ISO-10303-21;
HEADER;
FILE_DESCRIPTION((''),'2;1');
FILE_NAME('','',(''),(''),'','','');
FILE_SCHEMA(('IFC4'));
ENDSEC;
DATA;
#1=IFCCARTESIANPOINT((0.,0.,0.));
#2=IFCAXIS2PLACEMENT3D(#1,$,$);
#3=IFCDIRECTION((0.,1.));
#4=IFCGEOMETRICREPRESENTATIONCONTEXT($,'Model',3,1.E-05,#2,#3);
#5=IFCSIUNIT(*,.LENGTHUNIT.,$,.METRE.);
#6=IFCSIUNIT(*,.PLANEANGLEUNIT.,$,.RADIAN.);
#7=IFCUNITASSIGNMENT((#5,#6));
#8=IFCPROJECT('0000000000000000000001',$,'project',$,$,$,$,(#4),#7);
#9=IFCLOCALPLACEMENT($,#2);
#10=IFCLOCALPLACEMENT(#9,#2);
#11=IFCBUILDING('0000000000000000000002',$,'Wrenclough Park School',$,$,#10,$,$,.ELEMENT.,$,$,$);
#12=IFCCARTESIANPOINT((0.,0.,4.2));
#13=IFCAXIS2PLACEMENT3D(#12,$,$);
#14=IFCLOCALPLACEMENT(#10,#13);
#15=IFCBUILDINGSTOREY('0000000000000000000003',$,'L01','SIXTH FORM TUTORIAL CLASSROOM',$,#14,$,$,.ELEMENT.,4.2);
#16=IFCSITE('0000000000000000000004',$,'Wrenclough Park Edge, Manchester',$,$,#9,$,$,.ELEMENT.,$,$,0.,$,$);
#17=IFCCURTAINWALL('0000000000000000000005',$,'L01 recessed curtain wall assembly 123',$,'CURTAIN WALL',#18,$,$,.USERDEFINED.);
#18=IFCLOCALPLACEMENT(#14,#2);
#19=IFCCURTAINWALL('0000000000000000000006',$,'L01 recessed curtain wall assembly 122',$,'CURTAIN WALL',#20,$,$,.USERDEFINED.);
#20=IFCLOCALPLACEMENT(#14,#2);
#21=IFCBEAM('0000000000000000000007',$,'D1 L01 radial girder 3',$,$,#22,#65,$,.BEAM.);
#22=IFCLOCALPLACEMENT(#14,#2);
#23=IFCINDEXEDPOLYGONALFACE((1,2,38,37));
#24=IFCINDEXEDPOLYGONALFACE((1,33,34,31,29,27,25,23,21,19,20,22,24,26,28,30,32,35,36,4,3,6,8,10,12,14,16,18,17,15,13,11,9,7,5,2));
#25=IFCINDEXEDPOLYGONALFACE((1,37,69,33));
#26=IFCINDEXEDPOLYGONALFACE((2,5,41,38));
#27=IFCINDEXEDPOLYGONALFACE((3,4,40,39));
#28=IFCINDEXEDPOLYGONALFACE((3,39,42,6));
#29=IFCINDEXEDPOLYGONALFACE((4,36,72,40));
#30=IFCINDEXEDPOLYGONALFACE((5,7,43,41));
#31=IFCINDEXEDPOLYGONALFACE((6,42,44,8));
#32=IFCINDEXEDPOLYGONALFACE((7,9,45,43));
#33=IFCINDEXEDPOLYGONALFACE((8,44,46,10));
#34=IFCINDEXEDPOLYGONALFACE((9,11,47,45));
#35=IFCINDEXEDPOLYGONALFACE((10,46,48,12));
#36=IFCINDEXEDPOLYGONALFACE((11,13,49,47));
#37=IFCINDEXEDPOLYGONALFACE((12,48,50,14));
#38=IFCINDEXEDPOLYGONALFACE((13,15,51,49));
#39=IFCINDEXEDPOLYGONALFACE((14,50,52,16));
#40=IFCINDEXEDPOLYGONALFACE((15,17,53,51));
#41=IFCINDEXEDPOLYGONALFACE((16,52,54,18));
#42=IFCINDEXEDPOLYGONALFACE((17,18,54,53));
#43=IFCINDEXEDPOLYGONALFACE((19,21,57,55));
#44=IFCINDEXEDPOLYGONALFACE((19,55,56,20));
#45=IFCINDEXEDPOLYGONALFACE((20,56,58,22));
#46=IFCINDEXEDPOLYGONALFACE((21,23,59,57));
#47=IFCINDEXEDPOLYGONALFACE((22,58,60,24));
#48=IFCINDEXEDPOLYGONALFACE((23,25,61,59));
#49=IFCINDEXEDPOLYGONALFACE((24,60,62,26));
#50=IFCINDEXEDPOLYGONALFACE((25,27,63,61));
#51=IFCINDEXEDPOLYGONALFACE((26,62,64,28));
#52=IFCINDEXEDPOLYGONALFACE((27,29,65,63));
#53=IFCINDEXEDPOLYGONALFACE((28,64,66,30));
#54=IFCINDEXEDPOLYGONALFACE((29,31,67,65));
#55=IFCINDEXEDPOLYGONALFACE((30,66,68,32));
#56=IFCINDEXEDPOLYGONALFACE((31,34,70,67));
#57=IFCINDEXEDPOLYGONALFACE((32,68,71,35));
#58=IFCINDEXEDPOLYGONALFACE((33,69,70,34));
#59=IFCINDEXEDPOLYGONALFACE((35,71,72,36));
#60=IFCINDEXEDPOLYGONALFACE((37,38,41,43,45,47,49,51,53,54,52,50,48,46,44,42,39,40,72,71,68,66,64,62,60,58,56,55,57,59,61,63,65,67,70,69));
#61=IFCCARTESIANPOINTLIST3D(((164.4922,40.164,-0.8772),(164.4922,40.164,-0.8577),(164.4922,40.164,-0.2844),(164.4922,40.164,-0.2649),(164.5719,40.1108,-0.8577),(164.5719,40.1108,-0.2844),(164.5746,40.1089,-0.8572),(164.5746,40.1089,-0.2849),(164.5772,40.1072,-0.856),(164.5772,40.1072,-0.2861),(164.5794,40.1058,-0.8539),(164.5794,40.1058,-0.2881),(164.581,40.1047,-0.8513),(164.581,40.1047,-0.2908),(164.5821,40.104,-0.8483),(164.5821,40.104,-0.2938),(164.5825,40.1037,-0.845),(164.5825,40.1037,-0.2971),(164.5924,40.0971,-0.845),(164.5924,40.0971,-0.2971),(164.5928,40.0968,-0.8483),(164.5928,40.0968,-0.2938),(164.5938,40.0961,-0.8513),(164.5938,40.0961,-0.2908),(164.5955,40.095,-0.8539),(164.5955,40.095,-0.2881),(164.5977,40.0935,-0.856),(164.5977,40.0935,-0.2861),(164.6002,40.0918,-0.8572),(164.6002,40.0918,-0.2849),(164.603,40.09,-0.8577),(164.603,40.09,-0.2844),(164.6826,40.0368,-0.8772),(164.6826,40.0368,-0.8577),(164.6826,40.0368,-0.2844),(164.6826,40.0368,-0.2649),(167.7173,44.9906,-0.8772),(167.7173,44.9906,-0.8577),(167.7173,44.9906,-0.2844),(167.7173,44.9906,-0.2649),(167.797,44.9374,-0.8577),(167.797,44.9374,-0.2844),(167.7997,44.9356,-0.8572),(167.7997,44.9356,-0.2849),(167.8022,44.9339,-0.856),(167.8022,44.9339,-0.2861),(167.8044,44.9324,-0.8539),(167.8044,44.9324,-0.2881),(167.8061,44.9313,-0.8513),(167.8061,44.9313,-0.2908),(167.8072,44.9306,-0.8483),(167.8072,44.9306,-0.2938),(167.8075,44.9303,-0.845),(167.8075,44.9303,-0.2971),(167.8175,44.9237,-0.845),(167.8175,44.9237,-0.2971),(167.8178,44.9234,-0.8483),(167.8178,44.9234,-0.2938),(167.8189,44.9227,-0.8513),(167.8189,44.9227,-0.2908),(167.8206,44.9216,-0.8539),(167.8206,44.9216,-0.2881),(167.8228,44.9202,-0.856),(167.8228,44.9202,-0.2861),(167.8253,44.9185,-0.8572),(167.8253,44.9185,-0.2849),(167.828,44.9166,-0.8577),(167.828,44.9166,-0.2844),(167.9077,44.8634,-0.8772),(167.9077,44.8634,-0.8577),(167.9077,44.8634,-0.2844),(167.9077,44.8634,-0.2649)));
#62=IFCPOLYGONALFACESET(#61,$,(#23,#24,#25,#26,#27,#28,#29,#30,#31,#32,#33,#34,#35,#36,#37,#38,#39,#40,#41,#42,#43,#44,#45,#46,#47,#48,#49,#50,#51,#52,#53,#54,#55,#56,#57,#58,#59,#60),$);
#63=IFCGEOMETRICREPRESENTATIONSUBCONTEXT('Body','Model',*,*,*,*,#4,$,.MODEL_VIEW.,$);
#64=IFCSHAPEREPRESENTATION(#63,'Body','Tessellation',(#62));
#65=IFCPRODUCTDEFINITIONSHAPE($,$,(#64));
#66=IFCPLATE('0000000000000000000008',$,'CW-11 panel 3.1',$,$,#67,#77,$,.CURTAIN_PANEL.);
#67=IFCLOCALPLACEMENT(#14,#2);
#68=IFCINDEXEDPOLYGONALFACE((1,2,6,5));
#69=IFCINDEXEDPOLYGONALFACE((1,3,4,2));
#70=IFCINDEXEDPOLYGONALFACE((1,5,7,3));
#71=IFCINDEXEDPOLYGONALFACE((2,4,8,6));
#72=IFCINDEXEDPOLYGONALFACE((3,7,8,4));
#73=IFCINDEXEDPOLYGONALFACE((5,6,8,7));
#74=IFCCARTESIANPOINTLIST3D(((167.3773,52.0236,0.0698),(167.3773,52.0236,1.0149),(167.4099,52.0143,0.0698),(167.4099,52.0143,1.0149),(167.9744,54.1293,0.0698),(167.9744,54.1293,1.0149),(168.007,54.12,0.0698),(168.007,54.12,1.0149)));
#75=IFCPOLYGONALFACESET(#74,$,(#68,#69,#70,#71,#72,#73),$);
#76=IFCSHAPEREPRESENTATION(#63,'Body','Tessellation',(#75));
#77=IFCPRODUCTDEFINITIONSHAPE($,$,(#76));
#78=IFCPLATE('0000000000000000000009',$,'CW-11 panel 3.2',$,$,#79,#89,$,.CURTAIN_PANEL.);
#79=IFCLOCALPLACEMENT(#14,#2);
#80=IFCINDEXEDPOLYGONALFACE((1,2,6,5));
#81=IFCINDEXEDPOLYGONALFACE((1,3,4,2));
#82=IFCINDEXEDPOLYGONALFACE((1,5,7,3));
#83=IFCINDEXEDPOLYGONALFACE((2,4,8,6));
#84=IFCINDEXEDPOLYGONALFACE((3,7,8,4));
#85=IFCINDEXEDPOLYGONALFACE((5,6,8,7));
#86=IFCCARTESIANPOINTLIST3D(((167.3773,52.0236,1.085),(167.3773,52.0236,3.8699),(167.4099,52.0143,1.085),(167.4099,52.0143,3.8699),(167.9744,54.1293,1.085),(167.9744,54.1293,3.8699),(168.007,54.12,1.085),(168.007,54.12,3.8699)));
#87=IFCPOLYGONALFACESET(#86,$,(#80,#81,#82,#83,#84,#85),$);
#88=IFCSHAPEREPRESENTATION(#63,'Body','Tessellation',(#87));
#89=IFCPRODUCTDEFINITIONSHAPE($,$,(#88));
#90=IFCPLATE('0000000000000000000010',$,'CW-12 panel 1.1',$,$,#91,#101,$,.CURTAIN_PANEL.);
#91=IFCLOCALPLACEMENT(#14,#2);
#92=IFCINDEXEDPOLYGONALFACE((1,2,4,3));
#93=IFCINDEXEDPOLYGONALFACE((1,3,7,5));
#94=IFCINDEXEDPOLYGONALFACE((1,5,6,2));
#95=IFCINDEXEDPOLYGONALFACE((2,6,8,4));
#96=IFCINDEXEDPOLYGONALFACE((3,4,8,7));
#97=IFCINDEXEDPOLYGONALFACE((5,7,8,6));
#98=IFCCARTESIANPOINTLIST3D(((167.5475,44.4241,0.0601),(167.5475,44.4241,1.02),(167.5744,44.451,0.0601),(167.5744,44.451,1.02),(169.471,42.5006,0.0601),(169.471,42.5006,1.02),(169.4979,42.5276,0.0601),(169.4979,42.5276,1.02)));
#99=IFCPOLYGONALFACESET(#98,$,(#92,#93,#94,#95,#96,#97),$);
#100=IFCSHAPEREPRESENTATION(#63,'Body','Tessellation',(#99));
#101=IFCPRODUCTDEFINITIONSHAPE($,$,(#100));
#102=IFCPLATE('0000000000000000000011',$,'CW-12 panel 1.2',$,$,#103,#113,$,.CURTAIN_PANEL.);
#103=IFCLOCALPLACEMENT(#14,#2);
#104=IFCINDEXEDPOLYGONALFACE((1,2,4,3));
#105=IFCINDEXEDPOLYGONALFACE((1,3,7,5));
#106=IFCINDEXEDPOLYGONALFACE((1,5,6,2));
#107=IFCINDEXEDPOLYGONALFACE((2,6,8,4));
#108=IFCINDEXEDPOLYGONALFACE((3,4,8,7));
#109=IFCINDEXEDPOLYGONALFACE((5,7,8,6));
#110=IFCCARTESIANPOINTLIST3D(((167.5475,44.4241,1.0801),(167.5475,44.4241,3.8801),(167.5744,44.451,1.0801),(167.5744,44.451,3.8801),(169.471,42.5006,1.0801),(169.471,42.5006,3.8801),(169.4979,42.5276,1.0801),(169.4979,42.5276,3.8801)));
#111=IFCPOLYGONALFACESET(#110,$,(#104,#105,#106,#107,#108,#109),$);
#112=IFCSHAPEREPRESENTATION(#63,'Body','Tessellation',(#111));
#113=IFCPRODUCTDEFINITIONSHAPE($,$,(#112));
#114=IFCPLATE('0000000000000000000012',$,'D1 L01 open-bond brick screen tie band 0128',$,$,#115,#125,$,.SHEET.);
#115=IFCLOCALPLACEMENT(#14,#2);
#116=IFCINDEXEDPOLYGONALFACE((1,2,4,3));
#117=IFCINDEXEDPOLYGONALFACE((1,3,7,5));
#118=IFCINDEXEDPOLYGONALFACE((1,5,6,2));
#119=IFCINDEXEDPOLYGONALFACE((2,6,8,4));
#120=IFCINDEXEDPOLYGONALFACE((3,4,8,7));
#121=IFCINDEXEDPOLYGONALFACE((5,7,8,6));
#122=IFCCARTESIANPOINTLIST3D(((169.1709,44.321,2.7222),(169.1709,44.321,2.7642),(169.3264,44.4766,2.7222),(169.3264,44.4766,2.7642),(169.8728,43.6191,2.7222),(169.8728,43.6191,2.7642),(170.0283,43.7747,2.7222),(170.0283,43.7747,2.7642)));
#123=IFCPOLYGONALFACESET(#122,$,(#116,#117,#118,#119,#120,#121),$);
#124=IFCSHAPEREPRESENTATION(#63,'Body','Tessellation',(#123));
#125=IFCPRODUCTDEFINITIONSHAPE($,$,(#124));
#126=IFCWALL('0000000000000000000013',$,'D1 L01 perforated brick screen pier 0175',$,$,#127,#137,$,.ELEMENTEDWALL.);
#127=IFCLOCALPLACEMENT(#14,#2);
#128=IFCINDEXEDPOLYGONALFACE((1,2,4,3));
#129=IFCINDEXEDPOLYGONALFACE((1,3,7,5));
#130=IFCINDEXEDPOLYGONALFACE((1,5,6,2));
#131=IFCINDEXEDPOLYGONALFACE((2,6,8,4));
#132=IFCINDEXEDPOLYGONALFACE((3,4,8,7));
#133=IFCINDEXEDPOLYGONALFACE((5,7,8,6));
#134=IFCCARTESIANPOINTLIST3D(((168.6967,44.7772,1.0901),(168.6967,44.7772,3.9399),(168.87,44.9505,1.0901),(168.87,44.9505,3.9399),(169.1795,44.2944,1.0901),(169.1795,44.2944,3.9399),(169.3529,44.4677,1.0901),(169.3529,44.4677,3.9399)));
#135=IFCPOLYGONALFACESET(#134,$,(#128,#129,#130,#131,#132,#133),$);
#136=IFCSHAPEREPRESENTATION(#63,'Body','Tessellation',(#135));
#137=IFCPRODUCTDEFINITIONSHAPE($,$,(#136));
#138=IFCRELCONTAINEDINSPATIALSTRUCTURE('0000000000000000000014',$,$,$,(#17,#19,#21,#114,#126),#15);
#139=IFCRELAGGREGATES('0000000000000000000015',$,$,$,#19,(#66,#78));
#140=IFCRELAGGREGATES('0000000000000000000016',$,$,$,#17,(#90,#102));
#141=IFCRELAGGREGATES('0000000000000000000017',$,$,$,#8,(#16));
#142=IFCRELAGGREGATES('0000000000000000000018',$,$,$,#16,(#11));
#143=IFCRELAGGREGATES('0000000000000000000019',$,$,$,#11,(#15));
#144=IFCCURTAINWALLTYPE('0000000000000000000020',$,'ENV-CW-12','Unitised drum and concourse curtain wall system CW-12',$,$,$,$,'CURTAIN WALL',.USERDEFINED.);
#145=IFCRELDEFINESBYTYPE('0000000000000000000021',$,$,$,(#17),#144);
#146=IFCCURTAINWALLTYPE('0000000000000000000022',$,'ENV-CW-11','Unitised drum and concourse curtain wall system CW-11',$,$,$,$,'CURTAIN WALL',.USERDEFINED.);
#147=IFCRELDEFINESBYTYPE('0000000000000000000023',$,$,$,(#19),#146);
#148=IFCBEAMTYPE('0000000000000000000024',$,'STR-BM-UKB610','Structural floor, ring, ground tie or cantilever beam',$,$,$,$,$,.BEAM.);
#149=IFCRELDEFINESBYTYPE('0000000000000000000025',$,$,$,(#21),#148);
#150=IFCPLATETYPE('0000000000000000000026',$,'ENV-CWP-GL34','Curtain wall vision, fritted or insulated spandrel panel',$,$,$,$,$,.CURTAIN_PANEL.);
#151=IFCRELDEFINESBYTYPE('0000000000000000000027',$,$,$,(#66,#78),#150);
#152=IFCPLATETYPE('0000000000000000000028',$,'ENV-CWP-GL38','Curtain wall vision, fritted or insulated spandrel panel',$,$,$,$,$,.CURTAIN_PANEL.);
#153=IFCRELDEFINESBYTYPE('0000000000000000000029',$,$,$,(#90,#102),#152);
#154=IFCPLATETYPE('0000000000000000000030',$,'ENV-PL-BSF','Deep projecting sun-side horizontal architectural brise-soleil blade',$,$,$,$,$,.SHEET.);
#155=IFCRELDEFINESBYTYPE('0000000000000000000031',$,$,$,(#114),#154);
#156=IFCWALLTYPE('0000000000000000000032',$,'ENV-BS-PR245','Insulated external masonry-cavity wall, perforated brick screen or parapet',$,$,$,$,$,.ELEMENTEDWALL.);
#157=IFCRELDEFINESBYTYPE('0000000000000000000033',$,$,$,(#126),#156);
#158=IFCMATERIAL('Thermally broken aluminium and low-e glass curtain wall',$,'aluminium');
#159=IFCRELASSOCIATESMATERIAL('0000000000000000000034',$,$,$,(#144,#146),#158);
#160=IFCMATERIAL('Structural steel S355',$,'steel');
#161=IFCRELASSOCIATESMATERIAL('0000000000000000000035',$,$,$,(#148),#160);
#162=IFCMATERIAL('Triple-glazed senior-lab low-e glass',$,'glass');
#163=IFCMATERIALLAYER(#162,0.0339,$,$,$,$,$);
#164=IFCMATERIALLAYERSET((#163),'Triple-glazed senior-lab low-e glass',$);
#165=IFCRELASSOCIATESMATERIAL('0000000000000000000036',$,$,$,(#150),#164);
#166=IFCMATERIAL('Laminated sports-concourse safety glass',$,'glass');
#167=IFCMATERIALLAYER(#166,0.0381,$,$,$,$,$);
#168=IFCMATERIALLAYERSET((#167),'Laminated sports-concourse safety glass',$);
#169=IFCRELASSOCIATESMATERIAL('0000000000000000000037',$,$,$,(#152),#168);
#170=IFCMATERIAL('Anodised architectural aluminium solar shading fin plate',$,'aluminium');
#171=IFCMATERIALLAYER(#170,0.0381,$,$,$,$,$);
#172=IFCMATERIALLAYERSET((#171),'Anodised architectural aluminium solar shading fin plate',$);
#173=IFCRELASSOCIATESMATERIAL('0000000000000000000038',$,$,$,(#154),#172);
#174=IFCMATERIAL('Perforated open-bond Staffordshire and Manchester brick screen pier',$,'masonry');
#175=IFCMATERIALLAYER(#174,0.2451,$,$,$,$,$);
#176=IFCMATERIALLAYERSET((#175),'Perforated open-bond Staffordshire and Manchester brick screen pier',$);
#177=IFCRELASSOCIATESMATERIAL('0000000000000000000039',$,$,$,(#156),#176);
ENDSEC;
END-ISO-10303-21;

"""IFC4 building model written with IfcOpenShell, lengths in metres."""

from ifc_helpers import new_model, si_unit, direction, frame, frame_2d, origin, origin_2d, place, context, subcontext, project, spatial, rectangle, i_section, extrude, material, layer, layer_set, material_profile, profile_set, type_object, element, aggregate, save


model = new_model("IFC4")

# Units and contexts
model_context = context("Model", 3, precision=1e-05, world=origin(), true_north=direction((0.0, 1.0)))
body_context = subcontext(model_context, "Body", "Model", "MODEL_VIEW")
ifc_project = project(units=[si_unit("LENGTHUNIT", "METRE"), si_unit("PLANEANGLEUNIT", "RADIAN")], contexts=[model_context])

# Site, building, storey
site_placement = place(None, origin())
site = spatial("IfcSite", under=ifc_project, at=site_placement, Name="Wrenclough Park Edge, Manchester", CompositionType="ELEMENT", RefElevation=0.0)
building_placement = place(site_placement, origin())
building = spatial("IfcBuilding", under=site, at=building_placement, Name="Wrenclough Park School", CompositionType="ELEMENT")
storey_placement = place(building_placement, frame((0.0, 0.0, 4.2)))
storey = spatial("IfcBuildingStorey", under=building, at=storey_placement, Name="L01", Description="SIXTH FORM TUTORIAL CLASSROOM", CompositionType="ELEMENT", Elevation=4.2)

# Shared definitions
ifc_material_1 = material(Name="Structural steel S355", Category="steel")

# Curtain walls
ifc_material_2 = material(Name="Thermally broken aluminium and low-e glass curtain wall", Category="aluminium")
curtain_wall_type_1 = type_object("IfcCurtainWallType", Name="ENV-CW-12", Description="Unitised drum and concourse curtain wall system CW-12", ElementType="CURTAIN WALL", PredefinedType="USERDEFINED", material=ifc_material_2)
curtain_wall_1_placement = place(storey_placement, origin())
curtain_wall_1 = element("IfcCurtainWall", 1, at=curtain_wall_1_placement, inside=storey, type_object=curtain_wall_type_1, Name="L01 recessed curtain wall assembly 123", ObjectType="CURTAIN WALL", PredefinedType="USERDEFINED")
curtain_wall_type_2 = type_object("IfcCurtainWallType", Name="ENV-CW-11", Description="Unitised drum and concourse curtain wall system CW-11", ElementType="CURTAIN WALL", PredefinedType="USERDEFINED", material=ifc_material_2)
curtain_wall_2_placement = place(storey_placement, origin())
curtain_wall_2 = element("IfcCurtainWall", 2, at=curtain_wall_2_placement, inside=storey, type_object=curtain_wall_type_2, Name="L01 recessed curtain wall assembly 122", ObjectType="CURTAIN WALL", PredefinedType="USERDEFINED")

# Beam
ifc_material_profile_1 = material_profile(ifc_material_1, i_section(OverallWidth=0.229, OverallDepth=0.6123, WebThickness=0.012, FlangeThickness=0.0195, FilletRadius=0.0127, at=origin_2d()), Name="UKB 610x229x125")
ifc_profile_set_1 = profile_set([ifc_material_profile_1], Name="Structural steel S355")
beam_type_1 = type_object("IfcBeamType", Name="STR-BM-UKB610", Description="Structural floor, ring, ground tie or cantilever beam", PredefinedType="BEAM", material=ifc_profile_set_1)
beam_1_placement = place(storey_placement, frame((167.8125, 44.927, -0.571), z_axis=(-0.555573, -0.831468, 0.0), x_axis=(0.831468, -0.555573, 0.0)))
element("IfcBeam", 3, at=beam_1_placement, inside=storey, type_object=beam_type_1, Name="D1 L01 radial girder 3", PredefinedType="BEAM", context=body_context, shape_type="SweptSolid", body=[
    extrude(i_section(OverallWidth=0.229, OverallDepth=0.6123, WebThickness=0.012, FlangeThickness=0.0195, FilletRadius=0.0127, at=origin_2d()), origin(), (0.0, 0.0, 1.0), 5.8049),
])

# Plates
ifc_material_3 = material(Name="Triple-glazed senior-lab low-e glass", Category="glass")
ifc_layer_1 = layer(ifc_material_3, 0.0339)
ifc_layer_set_1 = layer_set([ifc_layer_1], Name="Triple-glazed senior-lab low-e glass")
plate_type_1 = type_object("IfcPlateType", Name="ENV-CWP-GL34", Description="Curtain wall vision, fritted or insulated spandrel panel", PredefinedType="CURTAIN_PANEL", material=ifc_layer_set_1)
plate_1_placement = place(storey_placement, frame((167.6921, 53.0718, 0.0698), z_axis=(0.0, 0.0, 1.0), x_axis=(-0.272809, -0.962068, 0.0)))
plate_1 = element("IfcPlate", 4, at=plate_1_placement, type_object=plate_type_1, Name="CW-11 panel 3.1", PredefinedType="CURTAIN_PANEL", context=body_context, shape_type="SweptSolid", body=[
    extrude(rectangle(XDim=2.1887, YDim=0.0339, at=origin_2d()), origin(), (0.0, 0.0, 1.0), 0.9451),
])
plate_2_placement = place(storey_placement, frame((167.6921, 53.0718, 1.085), z_axis=(0.0, 0.0, 1.0), x_axis=(-0.272809, -0.962068, 0.0)))
plate_2 = element("IfcPlate", 5, at=plate_2_placement, type_object=plate_type_1, Name="CW-11 panel 3.2", PredefinedType="CURTAIN_PANEL", context=body_context, shape_type="SweptSolid", body=[
    extrude(rectangle(XDim=2.1887, YDim=0.0339, at=origin_2d()), origin(), (0.0, 0.0, 1.0), 2.7849),
])
aggregate(curtain_wall_2, [plate_1, plate_2])
ifc_material_4 = material(Name="Laminated sports-concourse safety glass", Category="glass")
ifc_layer_2 = layer(ifc_material_4, 0.0381)
ifc_layer_set_2 = layer_set([ifc_layer_2], Name="Laminated sports-concourse safety glass")
plate_type_2 = type_object("IfcPlateType", Name="ENV-CWP-GL38", Description="Curtain wall vision, fritted or insulated spandrel panel", PredefinedType="CURTAIN_PANEL", material=ifc_layer_set_2)
plate_3_placement = place(storey_placement, frame((168.5227, 43.4758, 0.0601), z_axis=(0.0, 0.0, 1.0), x_axis=(0.707107, -0.707107, 0.0)))
plate_3 = element("IfcPlate", 6, at=plate_3_placement, type_object=plate_type_2, Name="CW-12 panel 1.1", PredefinedType="CURTAIN_PANEL", context=body_context, shape_type="SweptSolid", body=[
    extrude(rectangle(XDim=2.7202, YDim=0.0381, at=origin_2d()), origin(), (0.0, 0.0, 1.0), 0.96),
])
plate_4_placement = place(storey_placement, frame((168.5227, 43.4758, 1.0801), z_axis=(0.0, 0.0, 1.0), x_axis=(0.707107, -0.707107, 0.0)))
plate_4 = element("IfcPlate", 7, at=plate_4_placement, type_object=plate_type_2, Name="CW-12 panel 1.2", PredefinedType="CURTAIN_PANEL", context=body_context, shape_type="SweptSolid", body=[
    extrude(rectangle(XDim=2.7202, YDim=0.0381, at=origin_2d()), origin(), (0.0, 0.0, 1.0), 2.8),
])
aggregate(curtain_wall_1, [plate_3, plate_4])
ifc_material_5 = material(Name="Anodised architectural aluminium solar shading fin plate", Category="aluminium")
ifc_layer_3 = layer(ifc_material_5, 0.0381)
ifc_layer_set_3 = layer_set([ifc_layer_3], Name="Anodised architectural aluminium solar shading fin plate")
plate_type_3 = type_object("IfcPlateType", Name="ENV-PL-BSF", Description="Deep projecting sun-side horizontal architectural brise-soleil blade", PredefinedType="SHEET", material=ifc_layer_set_3)
plate_5_placement = place(storey_placement, frame((169.5996, 44.0479, 2.7222), z_axis=(0.0, 0.0, 1.0), x_axis=(-0.707107, 0.707107, 0.0)))
element("IfcPlate", 8, at=plate_5_placement, inside=storey, type_object=plate_type_3, Name="D1 L01 open-bond brick screen tie band 0128", PredefinedType="SHEET", context=body_context, shape_type="SweptSolid", body=[
    extrude(rectangle(XDim=0.9927, YDim=0.22, at=origin_2d()), origin(), (0.0, 0.0, 1.0), 0.042),
])

# Wall
ifc_material_6 = material(Name="Perforated open-bond Staffordshire and Manchester brick screen pier", Category="masonry")
ifc_layer_4 = layer(ifc_material_6, 0.2451)
ifc_layer_set_4 = layer_set([ifc_layer_4], Name="Perforated open-bond Staffordshire and Manchester brick screen pier")
wall_type_1 = type_object("IfcWallType", Name="ENV-BS-PR245", Description="Insulated external masonry-cavity wall, perforated brick screen or parapet", PredefinedType="ELEMENTEDWALL", material=ifc_layer_set_4)
wall_1_placement = place(storey_placement, frame((169.2661, 44.3811, 1.0901), z_axis=(0.0, 0.0, 1.0), x_axis=(-0.707107, 0.707107, 0.0)))
element("IfcWall", 9, at=wall_1_placement, inside=storey, type_object=wall_type_1, Name="D1 L01 perforated brick screen pier 0175", PredefinedType="ELEMENTEDWALL", context=body_context, shape_type="SweptSolid", body=[
    extrude(rectangle(XDim=0.6829, YDim=0.2451, at=frame_2d((0.3413, 0.0))), origin(), (0.0, 0.0, 1.0), 2.8499),
])

save(model, "model.ifc")
